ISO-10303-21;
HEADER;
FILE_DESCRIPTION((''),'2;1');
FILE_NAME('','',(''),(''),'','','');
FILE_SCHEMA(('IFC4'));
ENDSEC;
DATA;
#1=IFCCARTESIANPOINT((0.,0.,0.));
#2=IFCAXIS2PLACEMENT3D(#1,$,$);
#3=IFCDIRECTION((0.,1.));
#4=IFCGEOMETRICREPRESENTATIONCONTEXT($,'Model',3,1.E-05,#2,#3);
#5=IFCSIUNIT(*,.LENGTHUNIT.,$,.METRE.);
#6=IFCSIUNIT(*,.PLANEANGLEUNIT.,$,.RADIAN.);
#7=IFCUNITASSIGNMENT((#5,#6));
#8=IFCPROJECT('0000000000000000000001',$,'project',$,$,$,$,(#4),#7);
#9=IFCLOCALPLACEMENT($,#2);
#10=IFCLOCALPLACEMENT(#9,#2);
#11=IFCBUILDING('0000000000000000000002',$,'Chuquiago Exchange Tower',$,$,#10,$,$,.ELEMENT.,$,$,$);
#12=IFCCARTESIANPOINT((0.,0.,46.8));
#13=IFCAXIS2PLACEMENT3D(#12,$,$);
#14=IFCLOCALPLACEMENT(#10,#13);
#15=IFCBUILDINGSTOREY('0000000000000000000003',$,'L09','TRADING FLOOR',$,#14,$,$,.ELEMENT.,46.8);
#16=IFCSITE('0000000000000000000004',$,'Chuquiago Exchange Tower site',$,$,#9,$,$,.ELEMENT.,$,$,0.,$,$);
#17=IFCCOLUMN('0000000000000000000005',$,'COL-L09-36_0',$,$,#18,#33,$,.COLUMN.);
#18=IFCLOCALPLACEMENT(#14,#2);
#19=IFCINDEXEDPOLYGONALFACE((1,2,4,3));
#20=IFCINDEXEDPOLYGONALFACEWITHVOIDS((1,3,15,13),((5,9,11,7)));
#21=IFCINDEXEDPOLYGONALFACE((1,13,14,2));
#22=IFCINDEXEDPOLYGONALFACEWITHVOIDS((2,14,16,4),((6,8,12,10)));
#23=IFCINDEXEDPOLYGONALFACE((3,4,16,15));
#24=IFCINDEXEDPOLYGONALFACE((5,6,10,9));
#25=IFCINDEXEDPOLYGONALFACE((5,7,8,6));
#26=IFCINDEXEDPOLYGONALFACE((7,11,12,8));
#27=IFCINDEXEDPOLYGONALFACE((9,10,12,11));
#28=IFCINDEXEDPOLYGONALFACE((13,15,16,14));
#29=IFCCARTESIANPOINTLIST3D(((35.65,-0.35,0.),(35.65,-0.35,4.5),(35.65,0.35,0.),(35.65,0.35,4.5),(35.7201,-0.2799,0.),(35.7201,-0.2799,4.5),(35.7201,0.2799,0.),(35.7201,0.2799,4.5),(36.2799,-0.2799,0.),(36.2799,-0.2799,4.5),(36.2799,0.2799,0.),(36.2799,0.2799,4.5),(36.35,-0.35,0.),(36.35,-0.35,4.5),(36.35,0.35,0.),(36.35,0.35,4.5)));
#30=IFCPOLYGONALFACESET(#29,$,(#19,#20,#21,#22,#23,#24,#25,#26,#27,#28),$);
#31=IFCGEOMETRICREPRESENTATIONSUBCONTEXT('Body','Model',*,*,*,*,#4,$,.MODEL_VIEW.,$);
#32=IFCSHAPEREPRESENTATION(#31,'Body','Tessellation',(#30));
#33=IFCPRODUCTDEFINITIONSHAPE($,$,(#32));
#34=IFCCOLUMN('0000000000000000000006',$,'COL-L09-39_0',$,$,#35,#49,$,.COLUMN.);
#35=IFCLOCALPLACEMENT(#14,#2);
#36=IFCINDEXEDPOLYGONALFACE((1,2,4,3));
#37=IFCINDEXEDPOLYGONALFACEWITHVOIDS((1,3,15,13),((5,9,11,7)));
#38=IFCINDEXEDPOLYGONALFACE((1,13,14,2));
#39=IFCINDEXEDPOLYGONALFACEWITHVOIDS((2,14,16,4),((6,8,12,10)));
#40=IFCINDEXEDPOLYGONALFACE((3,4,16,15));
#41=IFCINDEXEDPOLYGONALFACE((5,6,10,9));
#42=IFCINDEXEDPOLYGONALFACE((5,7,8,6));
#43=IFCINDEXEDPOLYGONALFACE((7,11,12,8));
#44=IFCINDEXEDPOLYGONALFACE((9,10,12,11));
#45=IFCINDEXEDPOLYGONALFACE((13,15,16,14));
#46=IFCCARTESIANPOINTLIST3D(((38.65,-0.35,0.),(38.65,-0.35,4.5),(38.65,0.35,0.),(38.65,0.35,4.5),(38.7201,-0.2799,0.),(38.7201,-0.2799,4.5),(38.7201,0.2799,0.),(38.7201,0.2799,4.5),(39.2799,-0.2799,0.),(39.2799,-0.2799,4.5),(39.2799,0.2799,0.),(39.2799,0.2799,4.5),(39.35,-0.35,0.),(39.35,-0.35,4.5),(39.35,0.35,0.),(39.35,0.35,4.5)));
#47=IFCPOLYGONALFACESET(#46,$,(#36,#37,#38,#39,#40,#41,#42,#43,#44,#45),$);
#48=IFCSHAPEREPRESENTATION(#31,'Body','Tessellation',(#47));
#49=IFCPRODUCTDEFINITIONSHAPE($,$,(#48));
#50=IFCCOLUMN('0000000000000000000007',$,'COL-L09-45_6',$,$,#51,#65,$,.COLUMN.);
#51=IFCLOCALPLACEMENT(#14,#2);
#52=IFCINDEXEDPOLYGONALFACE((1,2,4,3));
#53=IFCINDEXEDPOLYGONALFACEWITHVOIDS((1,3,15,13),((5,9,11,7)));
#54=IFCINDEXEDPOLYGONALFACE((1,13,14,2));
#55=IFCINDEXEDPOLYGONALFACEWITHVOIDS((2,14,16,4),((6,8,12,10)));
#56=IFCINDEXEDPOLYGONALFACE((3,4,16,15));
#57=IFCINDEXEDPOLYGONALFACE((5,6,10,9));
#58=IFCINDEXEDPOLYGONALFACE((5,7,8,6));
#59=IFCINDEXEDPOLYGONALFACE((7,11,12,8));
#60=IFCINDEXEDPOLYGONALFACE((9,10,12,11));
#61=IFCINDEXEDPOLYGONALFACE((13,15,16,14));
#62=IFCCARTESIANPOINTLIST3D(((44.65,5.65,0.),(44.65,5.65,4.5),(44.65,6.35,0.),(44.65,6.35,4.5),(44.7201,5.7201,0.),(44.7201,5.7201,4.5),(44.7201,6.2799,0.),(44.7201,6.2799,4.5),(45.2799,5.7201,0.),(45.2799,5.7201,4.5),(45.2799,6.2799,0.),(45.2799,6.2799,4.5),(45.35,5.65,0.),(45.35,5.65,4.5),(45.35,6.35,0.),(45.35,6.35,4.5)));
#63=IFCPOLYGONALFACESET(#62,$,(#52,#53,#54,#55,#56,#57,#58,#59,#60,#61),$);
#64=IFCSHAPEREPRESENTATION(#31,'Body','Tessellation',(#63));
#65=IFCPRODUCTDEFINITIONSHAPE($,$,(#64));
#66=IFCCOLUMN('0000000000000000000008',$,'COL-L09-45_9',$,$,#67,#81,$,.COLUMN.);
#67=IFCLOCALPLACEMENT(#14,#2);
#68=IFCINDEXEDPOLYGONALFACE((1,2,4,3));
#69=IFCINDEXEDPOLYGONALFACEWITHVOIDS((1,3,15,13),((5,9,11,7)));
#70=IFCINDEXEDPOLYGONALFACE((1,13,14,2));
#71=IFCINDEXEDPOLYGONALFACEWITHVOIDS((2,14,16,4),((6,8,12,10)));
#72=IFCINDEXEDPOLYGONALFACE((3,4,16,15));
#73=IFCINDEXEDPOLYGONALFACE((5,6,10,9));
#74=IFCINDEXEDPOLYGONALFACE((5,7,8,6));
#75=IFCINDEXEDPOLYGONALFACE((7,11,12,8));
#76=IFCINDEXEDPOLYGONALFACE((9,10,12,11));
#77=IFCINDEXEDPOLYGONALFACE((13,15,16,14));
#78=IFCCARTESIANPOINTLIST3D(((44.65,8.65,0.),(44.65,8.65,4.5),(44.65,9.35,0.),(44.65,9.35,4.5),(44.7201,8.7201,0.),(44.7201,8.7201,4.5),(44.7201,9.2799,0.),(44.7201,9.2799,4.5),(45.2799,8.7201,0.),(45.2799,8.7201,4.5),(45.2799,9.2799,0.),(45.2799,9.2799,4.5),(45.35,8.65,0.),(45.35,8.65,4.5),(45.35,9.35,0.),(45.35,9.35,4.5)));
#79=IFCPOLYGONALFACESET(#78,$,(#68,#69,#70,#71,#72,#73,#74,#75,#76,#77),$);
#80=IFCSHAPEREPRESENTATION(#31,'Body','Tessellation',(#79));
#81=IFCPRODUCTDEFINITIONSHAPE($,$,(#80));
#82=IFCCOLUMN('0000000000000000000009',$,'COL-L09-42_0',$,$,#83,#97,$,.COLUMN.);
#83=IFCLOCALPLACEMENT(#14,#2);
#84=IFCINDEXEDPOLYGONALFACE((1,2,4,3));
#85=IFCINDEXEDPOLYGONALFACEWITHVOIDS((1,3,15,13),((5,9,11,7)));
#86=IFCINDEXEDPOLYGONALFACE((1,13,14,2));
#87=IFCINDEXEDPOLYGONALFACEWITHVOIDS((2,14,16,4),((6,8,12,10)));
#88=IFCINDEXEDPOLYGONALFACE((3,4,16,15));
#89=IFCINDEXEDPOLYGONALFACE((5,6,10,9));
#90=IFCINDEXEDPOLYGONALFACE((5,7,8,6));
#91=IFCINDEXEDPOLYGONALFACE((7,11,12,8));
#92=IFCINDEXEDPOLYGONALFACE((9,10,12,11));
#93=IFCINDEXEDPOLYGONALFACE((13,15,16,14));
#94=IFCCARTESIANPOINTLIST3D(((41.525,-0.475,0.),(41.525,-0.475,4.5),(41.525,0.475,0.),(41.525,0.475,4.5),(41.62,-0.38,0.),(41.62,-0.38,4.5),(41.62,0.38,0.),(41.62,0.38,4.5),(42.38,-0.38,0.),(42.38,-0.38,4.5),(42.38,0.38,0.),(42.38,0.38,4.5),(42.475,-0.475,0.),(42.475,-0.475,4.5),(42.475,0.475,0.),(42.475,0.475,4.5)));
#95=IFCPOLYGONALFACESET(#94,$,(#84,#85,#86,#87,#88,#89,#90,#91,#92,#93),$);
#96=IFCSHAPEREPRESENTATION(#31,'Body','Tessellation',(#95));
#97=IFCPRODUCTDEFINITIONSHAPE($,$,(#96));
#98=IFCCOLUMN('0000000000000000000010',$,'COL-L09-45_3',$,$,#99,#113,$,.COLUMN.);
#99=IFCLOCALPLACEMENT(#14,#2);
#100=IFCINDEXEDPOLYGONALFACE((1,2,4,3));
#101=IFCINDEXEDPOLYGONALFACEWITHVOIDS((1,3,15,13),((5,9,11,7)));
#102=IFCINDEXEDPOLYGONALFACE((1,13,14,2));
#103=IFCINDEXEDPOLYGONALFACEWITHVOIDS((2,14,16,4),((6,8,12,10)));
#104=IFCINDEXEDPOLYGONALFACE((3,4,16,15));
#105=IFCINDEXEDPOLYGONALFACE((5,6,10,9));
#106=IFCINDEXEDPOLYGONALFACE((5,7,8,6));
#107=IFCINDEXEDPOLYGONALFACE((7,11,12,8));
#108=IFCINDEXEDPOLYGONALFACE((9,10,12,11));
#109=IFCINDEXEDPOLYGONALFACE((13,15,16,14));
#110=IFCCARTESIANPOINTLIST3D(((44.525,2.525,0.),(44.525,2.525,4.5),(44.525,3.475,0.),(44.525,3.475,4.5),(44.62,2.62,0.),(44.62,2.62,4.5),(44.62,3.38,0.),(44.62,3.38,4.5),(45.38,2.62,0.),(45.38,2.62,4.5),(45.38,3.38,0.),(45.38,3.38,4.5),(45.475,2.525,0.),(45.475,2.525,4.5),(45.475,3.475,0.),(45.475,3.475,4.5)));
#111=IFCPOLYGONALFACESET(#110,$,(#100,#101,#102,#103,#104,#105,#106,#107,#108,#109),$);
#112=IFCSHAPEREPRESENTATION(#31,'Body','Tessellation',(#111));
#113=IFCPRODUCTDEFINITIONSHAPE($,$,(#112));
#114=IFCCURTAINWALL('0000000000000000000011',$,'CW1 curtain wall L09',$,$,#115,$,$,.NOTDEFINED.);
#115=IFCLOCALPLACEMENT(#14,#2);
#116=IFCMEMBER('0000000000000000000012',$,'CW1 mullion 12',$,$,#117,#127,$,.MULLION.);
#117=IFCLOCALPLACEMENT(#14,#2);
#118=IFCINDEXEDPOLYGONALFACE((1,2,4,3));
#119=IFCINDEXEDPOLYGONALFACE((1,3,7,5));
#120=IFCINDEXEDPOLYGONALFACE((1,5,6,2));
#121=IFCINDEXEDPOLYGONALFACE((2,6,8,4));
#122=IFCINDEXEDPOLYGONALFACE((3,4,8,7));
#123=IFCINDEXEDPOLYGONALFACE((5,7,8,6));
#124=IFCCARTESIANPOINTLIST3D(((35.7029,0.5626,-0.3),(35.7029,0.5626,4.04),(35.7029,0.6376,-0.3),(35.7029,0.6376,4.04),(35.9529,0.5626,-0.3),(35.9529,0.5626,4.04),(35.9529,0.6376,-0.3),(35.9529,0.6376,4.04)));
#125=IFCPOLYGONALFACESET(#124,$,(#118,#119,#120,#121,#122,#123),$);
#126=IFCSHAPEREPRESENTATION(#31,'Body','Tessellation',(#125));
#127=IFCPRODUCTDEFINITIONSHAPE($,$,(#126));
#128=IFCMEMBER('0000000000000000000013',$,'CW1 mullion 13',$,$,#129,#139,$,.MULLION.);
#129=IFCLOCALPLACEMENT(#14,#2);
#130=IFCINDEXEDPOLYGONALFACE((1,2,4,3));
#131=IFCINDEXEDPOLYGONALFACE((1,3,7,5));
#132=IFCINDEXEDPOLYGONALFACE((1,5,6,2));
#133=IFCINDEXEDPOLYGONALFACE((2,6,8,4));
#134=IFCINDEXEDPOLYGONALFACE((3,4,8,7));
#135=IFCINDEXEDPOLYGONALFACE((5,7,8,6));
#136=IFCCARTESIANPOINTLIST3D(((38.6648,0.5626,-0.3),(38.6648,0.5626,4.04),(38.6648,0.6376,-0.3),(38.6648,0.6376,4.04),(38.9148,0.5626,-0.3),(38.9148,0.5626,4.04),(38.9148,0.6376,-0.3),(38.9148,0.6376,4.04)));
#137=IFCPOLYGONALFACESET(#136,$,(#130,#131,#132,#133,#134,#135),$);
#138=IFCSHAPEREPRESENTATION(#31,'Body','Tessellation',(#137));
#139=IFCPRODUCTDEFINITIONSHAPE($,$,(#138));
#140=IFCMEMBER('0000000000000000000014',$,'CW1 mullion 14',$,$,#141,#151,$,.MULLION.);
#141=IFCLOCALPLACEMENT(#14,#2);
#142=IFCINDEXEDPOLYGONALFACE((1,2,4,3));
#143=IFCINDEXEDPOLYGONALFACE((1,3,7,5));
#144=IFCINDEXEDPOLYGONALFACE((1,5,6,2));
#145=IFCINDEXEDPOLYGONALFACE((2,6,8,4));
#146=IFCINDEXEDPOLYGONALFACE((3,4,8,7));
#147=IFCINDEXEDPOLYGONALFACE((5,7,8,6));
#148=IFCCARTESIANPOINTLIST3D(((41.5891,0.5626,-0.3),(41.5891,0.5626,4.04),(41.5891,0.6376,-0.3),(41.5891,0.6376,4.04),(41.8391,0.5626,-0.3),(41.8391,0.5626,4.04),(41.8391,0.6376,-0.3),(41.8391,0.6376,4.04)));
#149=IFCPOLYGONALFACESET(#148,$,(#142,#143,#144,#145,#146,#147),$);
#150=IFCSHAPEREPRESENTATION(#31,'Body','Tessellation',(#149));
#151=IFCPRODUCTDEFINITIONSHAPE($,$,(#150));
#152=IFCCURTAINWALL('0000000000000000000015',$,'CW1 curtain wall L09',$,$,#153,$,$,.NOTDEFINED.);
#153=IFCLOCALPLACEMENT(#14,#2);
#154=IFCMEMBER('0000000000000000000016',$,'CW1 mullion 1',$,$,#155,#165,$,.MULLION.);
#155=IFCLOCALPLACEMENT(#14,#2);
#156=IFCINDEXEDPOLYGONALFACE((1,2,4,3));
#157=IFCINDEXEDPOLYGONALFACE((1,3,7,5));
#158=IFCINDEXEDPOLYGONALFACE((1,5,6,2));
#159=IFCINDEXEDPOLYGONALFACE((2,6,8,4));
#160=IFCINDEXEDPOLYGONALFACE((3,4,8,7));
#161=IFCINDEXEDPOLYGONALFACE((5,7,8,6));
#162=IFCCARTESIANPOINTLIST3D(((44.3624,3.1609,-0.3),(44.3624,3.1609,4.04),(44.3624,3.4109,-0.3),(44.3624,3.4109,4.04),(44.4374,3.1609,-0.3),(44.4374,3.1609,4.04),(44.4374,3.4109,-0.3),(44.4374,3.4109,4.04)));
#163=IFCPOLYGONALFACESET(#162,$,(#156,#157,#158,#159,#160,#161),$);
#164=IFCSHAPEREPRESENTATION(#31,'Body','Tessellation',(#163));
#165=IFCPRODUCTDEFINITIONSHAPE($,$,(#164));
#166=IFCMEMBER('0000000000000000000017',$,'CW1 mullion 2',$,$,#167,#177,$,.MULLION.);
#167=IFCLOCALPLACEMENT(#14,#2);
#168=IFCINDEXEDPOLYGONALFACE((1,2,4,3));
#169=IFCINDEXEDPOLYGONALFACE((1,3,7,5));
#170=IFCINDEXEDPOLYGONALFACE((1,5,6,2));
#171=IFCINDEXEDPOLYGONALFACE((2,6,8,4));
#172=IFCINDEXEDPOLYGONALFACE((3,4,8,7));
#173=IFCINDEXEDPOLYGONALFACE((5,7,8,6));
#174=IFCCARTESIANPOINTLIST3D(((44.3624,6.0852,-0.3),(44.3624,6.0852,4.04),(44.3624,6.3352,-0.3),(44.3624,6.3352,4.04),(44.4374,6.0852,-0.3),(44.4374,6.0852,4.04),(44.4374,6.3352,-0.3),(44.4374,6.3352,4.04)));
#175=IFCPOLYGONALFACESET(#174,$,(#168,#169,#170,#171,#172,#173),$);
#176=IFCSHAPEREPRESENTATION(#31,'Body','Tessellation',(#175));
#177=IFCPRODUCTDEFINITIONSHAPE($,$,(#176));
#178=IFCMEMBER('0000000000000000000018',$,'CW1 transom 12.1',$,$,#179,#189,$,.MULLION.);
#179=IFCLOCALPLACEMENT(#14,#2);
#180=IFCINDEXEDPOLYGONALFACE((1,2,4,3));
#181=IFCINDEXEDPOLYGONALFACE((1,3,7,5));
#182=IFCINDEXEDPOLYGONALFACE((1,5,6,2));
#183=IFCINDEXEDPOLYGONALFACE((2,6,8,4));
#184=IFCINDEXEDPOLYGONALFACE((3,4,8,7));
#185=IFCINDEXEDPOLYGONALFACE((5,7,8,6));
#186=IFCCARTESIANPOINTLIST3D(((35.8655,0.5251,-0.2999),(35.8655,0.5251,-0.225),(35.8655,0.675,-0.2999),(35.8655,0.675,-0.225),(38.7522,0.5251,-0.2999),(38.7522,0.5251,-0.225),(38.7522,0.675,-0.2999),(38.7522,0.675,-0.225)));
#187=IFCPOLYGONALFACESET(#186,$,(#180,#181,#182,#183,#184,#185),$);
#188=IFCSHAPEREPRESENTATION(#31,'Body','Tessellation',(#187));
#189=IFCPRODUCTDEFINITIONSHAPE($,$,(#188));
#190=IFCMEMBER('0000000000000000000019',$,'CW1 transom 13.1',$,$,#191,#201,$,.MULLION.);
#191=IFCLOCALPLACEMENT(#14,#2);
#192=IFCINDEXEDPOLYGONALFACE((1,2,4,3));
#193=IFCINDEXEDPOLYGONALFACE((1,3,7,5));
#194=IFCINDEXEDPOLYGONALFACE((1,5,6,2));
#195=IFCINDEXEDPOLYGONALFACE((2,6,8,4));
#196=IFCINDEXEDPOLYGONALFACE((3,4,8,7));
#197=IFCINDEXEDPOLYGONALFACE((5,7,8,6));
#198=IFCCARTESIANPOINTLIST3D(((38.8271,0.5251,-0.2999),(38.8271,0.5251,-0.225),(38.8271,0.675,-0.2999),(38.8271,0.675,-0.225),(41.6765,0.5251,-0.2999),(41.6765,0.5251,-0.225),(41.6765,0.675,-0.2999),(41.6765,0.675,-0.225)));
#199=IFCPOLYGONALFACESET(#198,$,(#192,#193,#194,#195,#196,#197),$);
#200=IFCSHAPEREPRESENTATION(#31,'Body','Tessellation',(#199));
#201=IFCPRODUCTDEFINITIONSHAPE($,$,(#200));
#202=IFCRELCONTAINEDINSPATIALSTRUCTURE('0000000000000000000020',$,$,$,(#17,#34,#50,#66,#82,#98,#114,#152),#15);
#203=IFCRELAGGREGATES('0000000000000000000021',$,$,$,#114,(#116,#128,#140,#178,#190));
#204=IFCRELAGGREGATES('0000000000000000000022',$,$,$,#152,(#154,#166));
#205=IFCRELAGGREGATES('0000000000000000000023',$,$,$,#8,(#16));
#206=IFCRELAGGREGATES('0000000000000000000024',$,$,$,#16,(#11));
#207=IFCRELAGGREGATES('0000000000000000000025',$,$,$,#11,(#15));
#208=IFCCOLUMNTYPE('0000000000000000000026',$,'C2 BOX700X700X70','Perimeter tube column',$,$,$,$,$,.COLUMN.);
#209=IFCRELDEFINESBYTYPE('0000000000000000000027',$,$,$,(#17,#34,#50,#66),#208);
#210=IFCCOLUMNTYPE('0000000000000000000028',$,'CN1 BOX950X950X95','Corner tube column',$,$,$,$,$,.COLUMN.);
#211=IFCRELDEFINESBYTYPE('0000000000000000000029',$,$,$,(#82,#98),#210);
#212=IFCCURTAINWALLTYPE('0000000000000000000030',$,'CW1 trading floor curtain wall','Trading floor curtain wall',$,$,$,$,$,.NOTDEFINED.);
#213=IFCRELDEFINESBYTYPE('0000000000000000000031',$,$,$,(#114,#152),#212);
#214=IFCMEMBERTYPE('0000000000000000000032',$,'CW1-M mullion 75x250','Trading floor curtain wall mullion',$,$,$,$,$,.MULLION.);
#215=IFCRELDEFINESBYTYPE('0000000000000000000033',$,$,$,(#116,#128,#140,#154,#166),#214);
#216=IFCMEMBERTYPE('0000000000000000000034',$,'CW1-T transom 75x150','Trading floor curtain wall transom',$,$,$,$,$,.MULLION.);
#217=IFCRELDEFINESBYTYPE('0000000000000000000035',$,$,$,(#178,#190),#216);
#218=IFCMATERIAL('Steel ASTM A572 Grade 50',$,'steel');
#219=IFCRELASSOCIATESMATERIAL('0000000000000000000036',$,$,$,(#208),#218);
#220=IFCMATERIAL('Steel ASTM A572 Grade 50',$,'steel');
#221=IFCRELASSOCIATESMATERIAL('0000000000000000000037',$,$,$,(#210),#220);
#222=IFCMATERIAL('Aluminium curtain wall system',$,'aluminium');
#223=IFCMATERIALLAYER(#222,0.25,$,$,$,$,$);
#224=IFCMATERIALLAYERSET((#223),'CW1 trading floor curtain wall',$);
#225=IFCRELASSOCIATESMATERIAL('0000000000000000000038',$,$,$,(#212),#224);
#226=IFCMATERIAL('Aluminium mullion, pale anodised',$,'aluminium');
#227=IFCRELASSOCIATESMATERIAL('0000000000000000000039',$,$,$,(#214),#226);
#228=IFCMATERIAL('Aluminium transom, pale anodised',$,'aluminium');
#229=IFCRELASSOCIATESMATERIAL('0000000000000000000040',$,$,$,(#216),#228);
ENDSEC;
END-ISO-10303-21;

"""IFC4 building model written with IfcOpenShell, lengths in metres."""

from ifc_helpers import new_model, si_unit, direction, frame, origin, origin_2d, place, context, subcontext, project, spatial, rectangle, hollow_rectangle, extrude, material, layer, layer_set, material_profile, profile_set, type_object, element, aggregate, save


model = new_model("IFC4")

# Units and contexts
model_context = context("Model", 3, precision=1e-05, world=origin(), true_north=direction((0.0, 1.0)))
body_context = subcontext(model_context, "Body", "Model", "MODEL_VIEW")
ifc_project = project(units=[si_unit("LENGTHUNIT", "METRE"), si_unit("PLANEANGLEUNIT", "RADIAN")], contexts=[model_context])

# Site, building, storey
site_placement = place(None, origin())
site = spatial("IfcSite", under=ifc_project, at=site_placement, Name="Chuquiago Exchange Tower site", CompositionType="ELEMENT", RefElevation=0.0)
building_placement = place(site_placement, origin())
building = spatial("IfcBuilding", under=site, at=building_placement, Name="Chuquiago Exchange Tower", CompositionType="ELEMENT")
storey_placement = place(building_placement, frame((0.0, 0.0, 46.8)))
storey = spatial("IfcBuildingStorey", under=building, at=storey_placement, Name="L09", Description="TRADING FLOOR", CompositionType="ELEMENT", Elevation=46.8)

# Columns
ifc_material_1 = material(Name="Steel ASTM A572 Grade 50", Category="steel")
ifc_material_profile_1 = material_profile(ifc_material_1, hollow_rectangle(XDim=0.7, YDim=0.7, WallThickness=0.0701, at=origin_2d()), Name="BOX700X700X70")
ifc_profile_set_1 = profile_set([ifc_material_profile_1], Name="Steel ASTM A572 Grade 50")
column_type_1 = type_object("IfcColumnType", Name="C2 BOX700X700X70", Description="Perimeter tube column", PredefinedType="COLUMN", material=ifc_profile_set_1)
for number, where, z_axis, x_axis, name in (
    (1, (36.0, 0.0, 0.0), (0.0, 0.0, 1.0), (0.0, -1.0, 0.0), "COL-L09-36_0"),
    (2, (39.0, 0.0, 0.0), (0.0, 0.0, 1.0), (0.0, -1.0, 0.0), "COL-L09-39_0"),
    (3, (45.0, 6.0, 0.0), (0.0, 0.0, 1.0), (1.0, 0.0, 0.0), "COL-L09-45_6"),
    (4, (45.0, 9.0, 0.0), (0.0, 0.0, 1.0), (1.0, 0.0, 0.0), "COL-L09-45_9"),
):
    element("IfcColumn", number, at=place(storey_placement, frame(where, z_axis=z_axis, x_axis=x_axis)), inside=storey, type_object=column_type_1, Name=name, PredefinedType="COLUMN", context=body_context, shape_type="SweptSolid", body=[
        extrude(hollow_rectangle(XDim=0.7, YDim=0.7, WallThickness=0.0701, at=origin_2d()), origin(), (0.0, 0.0, 1.0), 4.5),
    ])
ifc_material_2 = material(Name="Steel ASTM A572 Grade 50", Category="steel")
ifc_material_profile_2 = material_profile(ifc_material_2, hollow_rectangle(XDim=0.95, YDim=0.95, WallThickness=0.095, at=origin_2d()), Name="BOX950X950X95")
ifc_profile_set_2 = profile_set([ifc_material_profile_2], Name="Steel ASTM A572 Grade 50")
column_type_2 = type_object("IfcColumnType", Name="CN1 BOX950X950X95", Description="Corner tube column", PredefinedType="COLUMN", material=ifc_profile_set_2)
for number, where, z_axis, x_axis, name in (
    (5, (42.0, 0.0, 0.0), (0.0, 0.0, 1.0), (0.0, -1.0, 0.0), "COL-L09-42_0"),
    (6, (45.0, 3.0, 0.0), (0.0, 0.0, 1.0), (1.0, 0.0, 0.0), "COL-L09-45_3"),
):
    element("IfcColumn", number, at=place(storey_placement, frame(where, z_axis=z_axis, x_axis=x_axis)), inside=storey, type_object=column_type_2, Name=name, PredefinedType="COLUMN", context=body_context, shape_type="SweptSolid", body=[
        extrude(hollow_rectangle(XDim=0.95, YDim=0.95, WallThickness=0.095, at=origin_2d()), origin(), (0.0, 0.0, 1.0), 4.5),
    ])

# Curtain walls, members
ifc_material_3 = material(Name="Aluminium curtain wall system", Category="aluminium")
ifc_layer_1 = layer(ifc_material_3, 0.25)
ifc_layer_set_1 = layer_set([ifc_layer_1], Name="CW1 trading floor curtain wall")
curtain_wall_type_1 = type_object("IfcCurtainWallType", Name="CW1 trading floor curtain wall", Description="Trading floor curtain wall", PredefinedType="NOTDEFINED", material=ifc_layer_set_1)
curtain_wall_1_placement = place(storey_placement, origin())
curtain_wall_1 = element("IfcCurtainWall", 7, at=curtain_wall_1_placement, inside=storey, type_object=curtain_wall_type_1, Name="CW1 curtain wall L09", PredefinedType="NOTDEFINED")
ifc_material_4 = material(Name="Aluminium mullion, pale anodised", Category="aluminium")
ifc_material_profile_3 = material_profile(ifc_material_4, rectangle(XDim=0.075, YDim=0.25, at=origin_2d()), Name="AL 75x250")
ifc_profile_set_3 = profile_set([ifc_material_profile_3], Name="Aluminium mullion, pale anodised")
member_type_1 = type_object("IfcMemberType", Name="CW1-M mullion 75x250", Description="Trading floor curtain wall mullion", PredefinedType="MULLION", material=ifc_profile_set_3)
member_1_placement = place(storey_placement, frame((35.8279, 0.6001, -0.3), z_axis=(0.0, 0.0, 1.0), x_axis=(0.0, 1.0, 0.0)))
member_1 = element("IfcMember", 8, at=member_1_placement, type_object=member_type_1, Name="CW1 mullion 12", PredefinedType="MULLION", context=body_context, shape_type="SweptSolid", body=[
    extrude(rectangle(XDim=0.075, YDim=0.25, at=origin_2d()), origin(), (0.0, 0.0, 1.0), 4.3401),
])
member_2_placement = place(storey_placement, frame((38.7898, 0.6001, -0.3), z_axis=(0.0, 0.0, 1.0), x_axis=(0.0, 1.0, 0.0)))
member_2 = element("IfcMember", 9, at=member_2_placement, type_object=member_type_1, Name="CW1 mullion 13", PredefinedType="MULLION", context=body_context, shape_type="SweptSolid", body=[
    extrude(rectangle(XDim=0.075, YDim=0.25, at=origin_2d()), origin(), (0.0, 0.0, 1.0), 4.3401),
])
member_3_placement = place(storey_placement, frame((41.7141, 0.6001, -0.3), z_axis=(0.0, 0.0, 1.0), x_axis=(0.0, 1.0, 0.0)))
member_3 = element("IfcMember", 10, at=member_3_placement, type_object=member_type_1, Name="CW1 mullion 14", PredefinedType="MULLION", context=body_context, shape_type="SweptSolid", body=[
    extrude(rectangle(XDim=0.075, YDim=0.25, at=origin_2d()), origin(), (0.0, 0.0, 1.0), 4.3401),
])
curtain_wall_2_placement = place(storey_placement, origin())
curtain_wall_2 = element("IfcCurtainWall", 11, at=curtain_wall_2_placement, inside=storey, type_object=curtain_wall_type_1, Name="CW1 curtain wall L09", PredefinedType="NOTDEFINED")
member_4_placement = place(storey_placement, frame((44.3999, 3.2859, -0.3), z_axis=(0.0, 0.0, 1.0), x_axis=(-1.0, 0.0, 0.0)))
member_4 = element("IfcMember", 12, at=member_4_placement, type_object=member_type_1, Name="CW1 mullion 1", PredefinedType="MULLION", context=body_context, shape_type="SweptSolid", body=[
    extrude(rectangle(XDim=0.075, YDim=0.25, at=origin_2d()), origin(), (0.0, 0.0, 1.0), 4.3401),
])
member_5_placement = place(storey_placement, frame((44.3999, 6.2102, -0.3), z_axis=(0.0, 0.0, 1.0), x_axis=(-1.0, 0.0, 0.0)))
member_5 = element("IfcMember", 13, at=member_5_placement, type_object=member_type_1, Name="CW1 mullion 2", PredefinedType="MULLION", context=body_context, shape_type="SweptSolid", body=[
    extrude(rectangle(XDim=0.075, YDim=0.25, at=origin_2d()), origin(), (0.0, 0.0, 1.0), 4.3401),
])

# Members
ifc_material_5 = material(Name="Aluminium transom, pale anodised", Category="aluminium")
ifc_material_profile_4 = material_profile(ifc_material_5, rectangle(XDim=0.1499, YDim=0.075, at=origin_2d()), Name="AL 150x75")
ifc_profile_set_4 = profile_set([ifc_material_profile_4], Name="Aluminium transom, pale anodised")
member_type_2 = type_object("IfcMemberType", Name="CW1-T transom 75x150", Description="Trading floor curtain wall transom", PredefinedType="MULLION", material=ifc_profile_set_4)
member_6_placement = place(storey_placement, frame((35.8655, 0.6001, -0.2625), z_axis=(1.0, 0.0, 0.0), x_axis=(0.0, 1.0, 0.0)))
member_6 = element("IfcMember", 14, at=member_6_placement, type_object=member_type_2, Name="CW1 transom 12.1", PredefinedType="MULLION", context=body_context, shape_type="SweptSolid", body=[
    extrude(rectangle(XDim=0.1499, YDim=0.075, at=origin_2d()), origin(), (0.0, 0.0, 1.0), 2.8867),
])
member_7_placement = place(storey_placement, frame((38.8271, 0.6001, -0.2625), z_axis=(1.0, 0.0, 0.0), x_axis=(0.0, 1.0, 0.0)))
member_7 = element("IfcMember", 15, at=member_7_placement, type_object=member_type_2, Name="CW1 transom 13.1", PredefinedType="MULLION", context=body_context, shape_type="SweptSolid", body=[
    extrude(rectangle(XDim=0.1499, YDim=0.075, at=origin_2d()), origin(), (0.0, 0.0, 1.0), 2.8494),
])

aggregate(curtain_wall_1, [member_1, member_2, member_3, member_6, member_7])
aggregate(curtain_wall_2, [member_4, member_5])

save(model, "model.ifc")
